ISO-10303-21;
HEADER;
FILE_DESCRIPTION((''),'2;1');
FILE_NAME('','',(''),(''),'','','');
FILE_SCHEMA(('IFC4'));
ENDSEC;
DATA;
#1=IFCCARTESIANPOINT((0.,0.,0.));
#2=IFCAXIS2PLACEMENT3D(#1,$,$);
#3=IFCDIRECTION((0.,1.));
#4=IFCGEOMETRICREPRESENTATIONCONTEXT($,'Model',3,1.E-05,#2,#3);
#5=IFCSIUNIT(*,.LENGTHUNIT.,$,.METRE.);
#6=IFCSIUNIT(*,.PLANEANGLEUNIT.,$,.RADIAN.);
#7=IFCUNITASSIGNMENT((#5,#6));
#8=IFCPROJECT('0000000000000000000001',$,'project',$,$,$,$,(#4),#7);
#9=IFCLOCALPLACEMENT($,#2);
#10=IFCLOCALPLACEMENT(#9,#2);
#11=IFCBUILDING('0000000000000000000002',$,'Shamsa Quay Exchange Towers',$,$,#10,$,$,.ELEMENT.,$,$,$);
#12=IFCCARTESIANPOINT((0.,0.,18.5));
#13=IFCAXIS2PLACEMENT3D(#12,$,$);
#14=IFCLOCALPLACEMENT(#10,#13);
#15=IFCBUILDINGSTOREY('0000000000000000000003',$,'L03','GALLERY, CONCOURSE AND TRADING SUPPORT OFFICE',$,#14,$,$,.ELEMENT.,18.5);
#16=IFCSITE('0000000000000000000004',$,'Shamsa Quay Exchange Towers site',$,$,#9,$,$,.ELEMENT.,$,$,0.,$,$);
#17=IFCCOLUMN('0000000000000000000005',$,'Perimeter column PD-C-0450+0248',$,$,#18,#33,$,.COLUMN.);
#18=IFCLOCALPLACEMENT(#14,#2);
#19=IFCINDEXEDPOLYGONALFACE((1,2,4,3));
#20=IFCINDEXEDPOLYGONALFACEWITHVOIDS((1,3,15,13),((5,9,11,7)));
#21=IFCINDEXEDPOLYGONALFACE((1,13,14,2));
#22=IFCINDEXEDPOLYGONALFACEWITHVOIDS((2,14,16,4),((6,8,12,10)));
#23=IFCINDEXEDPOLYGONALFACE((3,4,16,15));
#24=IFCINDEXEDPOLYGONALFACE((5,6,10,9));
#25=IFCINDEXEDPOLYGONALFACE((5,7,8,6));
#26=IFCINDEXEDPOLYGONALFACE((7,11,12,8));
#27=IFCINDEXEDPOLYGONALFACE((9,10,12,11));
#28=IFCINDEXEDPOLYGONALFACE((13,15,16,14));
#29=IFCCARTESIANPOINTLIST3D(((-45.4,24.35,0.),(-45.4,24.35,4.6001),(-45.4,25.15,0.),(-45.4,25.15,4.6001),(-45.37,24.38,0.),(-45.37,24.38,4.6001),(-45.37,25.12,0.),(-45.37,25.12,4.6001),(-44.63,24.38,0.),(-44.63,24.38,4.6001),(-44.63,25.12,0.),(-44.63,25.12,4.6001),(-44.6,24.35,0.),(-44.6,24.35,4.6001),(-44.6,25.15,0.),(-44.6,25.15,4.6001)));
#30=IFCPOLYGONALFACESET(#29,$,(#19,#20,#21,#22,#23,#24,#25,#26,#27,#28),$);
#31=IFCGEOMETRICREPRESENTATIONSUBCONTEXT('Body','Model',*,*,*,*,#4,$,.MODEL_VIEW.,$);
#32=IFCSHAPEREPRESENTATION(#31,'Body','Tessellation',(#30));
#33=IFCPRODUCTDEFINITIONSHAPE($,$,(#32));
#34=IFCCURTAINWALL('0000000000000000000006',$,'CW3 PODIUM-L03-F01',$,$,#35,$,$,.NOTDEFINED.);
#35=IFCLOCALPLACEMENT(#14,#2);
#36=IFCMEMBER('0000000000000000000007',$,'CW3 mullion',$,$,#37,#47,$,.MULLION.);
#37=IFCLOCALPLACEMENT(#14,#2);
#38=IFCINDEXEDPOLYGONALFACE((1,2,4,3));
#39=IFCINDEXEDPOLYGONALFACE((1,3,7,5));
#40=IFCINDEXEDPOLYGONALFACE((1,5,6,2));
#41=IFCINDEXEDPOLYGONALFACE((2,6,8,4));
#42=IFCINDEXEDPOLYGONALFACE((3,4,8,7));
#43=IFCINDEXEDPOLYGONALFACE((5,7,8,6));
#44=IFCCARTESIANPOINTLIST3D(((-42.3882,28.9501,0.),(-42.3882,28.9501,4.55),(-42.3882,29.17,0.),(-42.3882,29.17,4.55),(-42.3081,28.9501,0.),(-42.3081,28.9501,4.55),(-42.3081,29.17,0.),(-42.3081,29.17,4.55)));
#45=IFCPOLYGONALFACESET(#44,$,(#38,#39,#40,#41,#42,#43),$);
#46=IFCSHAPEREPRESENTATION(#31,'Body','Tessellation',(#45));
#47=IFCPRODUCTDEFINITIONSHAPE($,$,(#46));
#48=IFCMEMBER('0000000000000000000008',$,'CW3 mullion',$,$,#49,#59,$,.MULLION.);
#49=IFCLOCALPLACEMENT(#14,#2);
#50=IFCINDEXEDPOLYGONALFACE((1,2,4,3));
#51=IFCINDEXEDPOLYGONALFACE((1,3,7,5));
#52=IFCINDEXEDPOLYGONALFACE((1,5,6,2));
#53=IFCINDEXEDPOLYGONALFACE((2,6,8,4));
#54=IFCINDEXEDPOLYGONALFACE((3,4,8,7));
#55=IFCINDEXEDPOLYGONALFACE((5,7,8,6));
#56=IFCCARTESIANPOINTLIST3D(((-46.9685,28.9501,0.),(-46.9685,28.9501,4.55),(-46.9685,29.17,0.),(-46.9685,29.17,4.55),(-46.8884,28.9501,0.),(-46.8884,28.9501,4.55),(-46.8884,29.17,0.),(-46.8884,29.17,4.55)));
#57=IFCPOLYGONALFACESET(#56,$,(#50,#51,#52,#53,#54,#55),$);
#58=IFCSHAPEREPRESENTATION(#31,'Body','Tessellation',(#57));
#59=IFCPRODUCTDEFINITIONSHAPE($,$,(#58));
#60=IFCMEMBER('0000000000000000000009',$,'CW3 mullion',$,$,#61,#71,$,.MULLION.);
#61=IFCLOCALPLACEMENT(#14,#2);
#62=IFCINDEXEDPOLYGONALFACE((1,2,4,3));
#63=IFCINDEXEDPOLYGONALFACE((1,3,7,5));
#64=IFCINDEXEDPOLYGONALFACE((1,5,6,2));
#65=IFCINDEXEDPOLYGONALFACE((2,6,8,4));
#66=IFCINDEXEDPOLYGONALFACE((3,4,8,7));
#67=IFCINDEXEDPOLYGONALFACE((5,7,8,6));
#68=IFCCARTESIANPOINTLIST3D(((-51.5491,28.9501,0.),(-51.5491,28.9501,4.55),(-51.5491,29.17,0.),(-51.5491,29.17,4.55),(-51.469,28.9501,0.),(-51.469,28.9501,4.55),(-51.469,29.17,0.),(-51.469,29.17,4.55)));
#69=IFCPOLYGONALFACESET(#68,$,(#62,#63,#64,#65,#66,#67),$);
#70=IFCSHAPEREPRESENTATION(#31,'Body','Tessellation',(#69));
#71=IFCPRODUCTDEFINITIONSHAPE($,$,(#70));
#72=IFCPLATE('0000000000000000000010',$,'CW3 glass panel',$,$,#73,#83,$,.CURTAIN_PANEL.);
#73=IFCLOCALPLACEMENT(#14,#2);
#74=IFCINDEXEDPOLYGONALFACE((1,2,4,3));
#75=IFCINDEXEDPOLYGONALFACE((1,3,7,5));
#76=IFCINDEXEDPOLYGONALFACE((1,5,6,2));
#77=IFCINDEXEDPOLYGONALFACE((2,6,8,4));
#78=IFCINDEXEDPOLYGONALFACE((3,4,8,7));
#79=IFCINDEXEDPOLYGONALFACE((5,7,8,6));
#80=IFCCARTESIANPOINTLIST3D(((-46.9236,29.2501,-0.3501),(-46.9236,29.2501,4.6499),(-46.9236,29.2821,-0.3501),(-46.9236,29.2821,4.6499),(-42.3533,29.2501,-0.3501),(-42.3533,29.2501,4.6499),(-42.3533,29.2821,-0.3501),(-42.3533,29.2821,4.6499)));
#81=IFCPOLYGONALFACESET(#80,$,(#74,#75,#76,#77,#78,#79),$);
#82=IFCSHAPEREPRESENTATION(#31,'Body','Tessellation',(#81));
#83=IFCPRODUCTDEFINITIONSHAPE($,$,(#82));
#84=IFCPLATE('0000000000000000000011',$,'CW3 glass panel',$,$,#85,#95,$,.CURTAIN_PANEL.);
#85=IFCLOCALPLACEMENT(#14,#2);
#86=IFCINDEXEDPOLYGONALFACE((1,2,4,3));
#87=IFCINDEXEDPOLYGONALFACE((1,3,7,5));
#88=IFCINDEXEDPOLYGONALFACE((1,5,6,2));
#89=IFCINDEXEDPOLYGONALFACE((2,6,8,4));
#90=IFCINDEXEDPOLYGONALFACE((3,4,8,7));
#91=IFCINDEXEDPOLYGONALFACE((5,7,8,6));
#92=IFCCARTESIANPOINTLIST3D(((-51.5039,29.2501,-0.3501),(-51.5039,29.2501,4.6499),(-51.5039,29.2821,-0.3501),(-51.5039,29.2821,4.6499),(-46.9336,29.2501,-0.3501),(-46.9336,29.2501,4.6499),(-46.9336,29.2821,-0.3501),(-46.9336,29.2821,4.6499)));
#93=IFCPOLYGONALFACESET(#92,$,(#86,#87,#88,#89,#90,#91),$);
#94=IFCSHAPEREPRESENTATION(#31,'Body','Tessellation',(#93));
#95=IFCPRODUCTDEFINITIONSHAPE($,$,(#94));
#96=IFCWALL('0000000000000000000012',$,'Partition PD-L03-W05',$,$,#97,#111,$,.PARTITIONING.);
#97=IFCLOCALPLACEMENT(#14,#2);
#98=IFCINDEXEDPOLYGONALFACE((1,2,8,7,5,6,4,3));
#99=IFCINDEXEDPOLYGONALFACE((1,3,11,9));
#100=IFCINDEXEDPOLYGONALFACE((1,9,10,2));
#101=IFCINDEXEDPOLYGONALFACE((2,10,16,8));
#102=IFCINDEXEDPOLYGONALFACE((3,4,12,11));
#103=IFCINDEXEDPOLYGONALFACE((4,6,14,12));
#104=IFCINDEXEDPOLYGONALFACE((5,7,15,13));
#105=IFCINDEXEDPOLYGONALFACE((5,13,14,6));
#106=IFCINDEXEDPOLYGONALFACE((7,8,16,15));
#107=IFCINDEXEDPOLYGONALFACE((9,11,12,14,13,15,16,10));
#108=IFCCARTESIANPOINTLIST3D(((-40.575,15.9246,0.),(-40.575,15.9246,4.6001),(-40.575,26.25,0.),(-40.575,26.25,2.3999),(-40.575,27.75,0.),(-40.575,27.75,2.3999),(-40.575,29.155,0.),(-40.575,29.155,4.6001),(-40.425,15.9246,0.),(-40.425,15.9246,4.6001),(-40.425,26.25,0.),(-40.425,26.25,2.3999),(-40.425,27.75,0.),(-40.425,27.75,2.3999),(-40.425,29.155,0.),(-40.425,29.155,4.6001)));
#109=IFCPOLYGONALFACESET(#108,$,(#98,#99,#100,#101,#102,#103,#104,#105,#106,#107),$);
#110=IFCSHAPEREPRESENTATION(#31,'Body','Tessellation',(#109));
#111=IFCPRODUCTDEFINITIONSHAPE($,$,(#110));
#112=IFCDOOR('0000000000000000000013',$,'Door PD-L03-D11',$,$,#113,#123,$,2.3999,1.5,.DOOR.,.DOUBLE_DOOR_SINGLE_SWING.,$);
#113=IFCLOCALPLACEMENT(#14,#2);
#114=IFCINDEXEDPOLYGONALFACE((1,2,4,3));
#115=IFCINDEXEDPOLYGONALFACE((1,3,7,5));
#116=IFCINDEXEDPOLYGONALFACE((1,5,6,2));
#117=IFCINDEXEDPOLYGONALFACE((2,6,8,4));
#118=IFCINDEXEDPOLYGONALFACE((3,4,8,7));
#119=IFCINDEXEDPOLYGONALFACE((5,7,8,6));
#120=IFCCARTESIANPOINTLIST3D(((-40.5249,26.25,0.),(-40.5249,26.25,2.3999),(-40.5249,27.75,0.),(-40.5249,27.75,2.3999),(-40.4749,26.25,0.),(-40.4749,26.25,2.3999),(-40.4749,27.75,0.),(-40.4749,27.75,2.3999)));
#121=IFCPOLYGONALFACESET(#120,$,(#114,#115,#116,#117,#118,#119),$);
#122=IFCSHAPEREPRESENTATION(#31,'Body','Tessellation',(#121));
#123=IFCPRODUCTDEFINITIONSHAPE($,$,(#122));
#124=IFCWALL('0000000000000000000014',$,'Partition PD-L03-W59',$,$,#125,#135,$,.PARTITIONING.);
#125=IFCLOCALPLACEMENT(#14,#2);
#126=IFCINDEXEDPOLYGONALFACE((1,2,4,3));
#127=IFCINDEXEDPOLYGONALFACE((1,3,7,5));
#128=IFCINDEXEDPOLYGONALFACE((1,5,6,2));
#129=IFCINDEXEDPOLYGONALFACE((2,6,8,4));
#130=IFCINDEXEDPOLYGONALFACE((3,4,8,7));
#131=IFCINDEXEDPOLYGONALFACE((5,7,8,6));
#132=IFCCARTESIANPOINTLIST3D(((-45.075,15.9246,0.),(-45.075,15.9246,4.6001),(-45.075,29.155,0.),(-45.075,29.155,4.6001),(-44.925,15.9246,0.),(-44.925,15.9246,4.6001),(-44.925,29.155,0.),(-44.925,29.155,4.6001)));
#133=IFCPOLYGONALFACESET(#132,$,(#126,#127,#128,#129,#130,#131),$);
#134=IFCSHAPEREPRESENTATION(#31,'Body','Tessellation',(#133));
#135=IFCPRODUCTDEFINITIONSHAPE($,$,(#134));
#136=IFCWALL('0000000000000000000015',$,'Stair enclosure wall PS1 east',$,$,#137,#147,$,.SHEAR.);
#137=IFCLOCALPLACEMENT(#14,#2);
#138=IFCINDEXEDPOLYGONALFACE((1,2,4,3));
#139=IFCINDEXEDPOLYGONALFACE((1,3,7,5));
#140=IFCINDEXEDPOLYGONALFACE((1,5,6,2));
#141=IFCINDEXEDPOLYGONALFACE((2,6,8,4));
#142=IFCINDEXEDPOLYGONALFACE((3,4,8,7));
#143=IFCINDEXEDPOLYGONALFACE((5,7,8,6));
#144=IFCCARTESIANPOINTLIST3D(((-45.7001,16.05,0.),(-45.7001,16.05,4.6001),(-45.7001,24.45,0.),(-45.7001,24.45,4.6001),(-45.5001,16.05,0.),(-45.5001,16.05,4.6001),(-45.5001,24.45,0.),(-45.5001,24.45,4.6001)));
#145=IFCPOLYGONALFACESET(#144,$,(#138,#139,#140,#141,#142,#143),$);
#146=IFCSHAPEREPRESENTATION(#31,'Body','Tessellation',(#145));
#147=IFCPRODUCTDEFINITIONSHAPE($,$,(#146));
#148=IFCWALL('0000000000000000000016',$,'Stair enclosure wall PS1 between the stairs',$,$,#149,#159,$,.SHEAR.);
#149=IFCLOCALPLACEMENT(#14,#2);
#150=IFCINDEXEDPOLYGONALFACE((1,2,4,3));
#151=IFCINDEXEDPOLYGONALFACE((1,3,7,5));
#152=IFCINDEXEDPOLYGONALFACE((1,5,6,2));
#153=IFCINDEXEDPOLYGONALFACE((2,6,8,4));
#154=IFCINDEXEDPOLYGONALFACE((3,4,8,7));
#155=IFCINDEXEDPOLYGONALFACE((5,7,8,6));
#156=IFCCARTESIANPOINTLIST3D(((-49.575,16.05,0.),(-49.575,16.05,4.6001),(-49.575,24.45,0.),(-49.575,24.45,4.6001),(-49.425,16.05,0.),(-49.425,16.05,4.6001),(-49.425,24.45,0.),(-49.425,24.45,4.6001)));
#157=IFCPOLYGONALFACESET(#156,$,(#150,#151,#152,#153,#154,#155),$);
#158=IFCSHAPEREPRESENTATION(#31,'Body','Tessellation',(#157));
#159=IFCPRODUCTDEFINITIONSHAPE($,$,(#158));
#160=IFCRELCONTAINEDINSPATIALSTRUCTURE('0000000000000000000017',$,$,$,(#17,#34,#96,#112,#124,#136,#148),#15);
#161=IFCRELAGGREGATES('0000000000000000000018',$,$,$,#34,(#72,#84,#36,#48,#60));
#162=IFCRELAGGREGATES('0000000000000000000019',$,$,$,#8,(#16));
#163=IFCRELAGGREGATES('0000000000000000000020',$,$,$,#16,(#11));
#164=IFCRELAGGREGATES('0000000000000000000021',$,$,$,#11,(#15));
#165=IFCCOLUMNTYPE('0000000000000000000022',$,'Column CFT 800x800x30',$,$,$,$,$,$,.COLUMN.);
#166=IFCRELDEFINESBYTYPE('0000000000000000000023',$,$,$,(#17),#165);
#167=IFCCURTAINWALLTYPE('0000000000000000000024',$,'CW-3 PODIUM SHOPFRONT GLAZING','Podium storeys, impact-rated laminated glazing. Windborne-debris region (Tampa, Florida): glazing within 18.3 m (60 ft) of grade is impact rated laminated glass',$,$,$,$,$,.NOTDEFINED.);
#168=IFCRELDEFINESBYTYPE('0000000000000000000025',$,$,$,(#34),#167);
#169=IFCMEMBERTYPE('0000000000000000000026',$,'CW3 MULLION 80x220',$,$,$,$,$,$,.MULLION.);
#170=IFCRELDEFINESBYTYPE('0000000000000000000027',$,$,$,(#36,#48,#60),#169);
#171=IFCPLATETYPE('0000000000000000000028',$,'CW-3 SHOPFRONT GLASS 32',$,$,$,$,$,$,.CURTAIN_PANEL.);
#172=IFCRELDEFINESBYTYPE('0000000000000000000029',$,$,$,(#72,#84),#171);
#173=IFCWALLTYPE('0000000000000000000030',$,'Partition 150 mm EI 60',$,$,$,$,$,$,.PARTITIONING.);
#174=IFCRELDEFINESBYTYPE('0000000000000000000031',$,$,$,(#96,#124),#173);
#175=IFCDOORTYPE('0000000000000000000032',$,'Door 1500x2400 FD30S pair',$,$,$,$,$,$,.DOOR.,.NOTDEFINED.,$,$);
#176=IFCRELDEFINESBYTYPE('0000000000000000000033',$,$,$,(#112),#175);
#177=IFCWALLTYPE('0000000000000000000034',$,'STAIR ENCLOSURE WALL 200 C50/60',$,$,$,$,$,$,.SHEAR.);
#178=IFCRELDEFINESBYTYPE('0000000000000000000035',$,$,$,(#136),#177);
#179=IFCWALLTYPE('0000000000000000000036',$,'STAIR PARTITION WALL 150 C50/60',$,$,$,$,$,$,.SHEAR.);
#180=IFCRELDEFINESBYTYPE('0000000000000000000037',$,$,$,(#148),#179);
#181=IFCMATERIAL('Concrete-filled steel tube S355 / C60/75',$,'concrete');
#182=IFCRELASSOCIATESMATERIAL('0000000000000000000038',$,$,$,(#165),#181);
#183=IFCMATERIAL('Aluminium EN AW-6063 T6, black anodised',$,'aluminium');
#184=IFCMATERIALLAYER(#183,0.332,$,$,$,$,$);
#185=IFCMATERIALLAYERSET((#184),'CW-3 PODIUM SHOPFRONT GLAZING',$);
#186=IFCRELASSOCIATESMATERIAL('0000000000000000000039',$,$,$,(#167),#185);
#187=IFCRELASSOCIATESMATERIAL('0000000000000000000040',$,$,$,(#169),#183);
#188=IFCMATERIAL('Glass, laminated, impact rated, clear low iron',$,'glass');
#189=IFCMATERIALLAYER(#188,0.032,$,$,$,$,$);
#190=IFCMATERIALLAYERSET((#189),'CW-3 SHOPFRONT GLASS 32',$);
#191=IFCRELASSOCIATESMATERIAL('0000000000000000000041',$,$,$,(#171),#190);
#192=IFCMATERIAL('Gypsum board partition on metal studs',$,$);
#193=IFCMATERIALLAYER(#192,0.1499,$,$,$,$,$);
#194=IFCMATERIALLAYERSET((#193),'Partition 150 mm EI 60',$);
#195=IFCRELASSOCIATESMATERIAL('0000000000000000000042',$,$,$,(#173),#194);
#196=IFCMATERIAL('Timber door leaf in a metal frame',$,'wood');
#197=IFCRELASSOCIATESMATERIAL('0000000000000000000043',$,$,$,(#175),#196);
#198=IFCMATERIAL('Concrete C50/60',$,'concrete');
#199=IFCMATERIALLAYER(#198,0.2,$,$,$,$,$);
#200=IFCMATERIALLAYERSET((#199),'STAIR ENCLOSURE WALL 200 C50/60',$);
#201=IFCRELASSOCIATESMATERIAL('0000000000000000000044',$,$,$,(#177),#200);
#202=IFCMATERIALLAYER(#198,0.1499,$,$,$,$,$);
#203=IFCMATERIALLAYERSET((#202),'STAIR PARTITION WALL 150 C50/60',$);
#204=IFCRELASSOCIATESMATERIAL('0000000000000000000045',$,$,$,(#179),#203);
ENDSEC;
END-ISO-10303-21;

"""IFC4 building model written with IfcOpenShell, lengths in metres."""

from ifc_helpers import new_model, si_unit, direction, frame, frame_2d, origin, origin_2d, place, context, subcontext, project, spatial, rectangle, hollow_rectangle, extrude, material, layer, layer_set, material_profile, profile_set, type_object, element, fill, aggregate, save


model = new_model("IFC4")

# Units and contexts
model_context = context("Model", 3, precision=1e-05, world=origin(), true_north=direction((0.0, 1.0)))
body_context = subcontext(model_context, "Body", "Model", "MODEL_VIEW")
ifc_project = project(units=[si_unit("LENGTHUNIT", "METRE"), si_unit("PLANEANGLEUNIT", "RADIAN")], contexts=[model_context])

# Site, building, storey
site_placement = place(None, origin())
site = spatial("IfcSite", under=ifc_project, at=site_placement, Name="Shamsa Quay Exchange Towers site", CompositionType="ELEMENT", RefElevation=0.0)
building_placement = place(site_placement, origin())
building = spatial("IfcBuilding", under=site, at=building_placement, Name="Shamsa Quay Exchange Towers", CompositionType="ELEMENT")
storey_placement = place(building_placement, frame((0.0, 0.0, 18.5)))
storey = spatial("IfcBuildingStorey", under=building, at=storey_placement, Name="L03", Description="GALLERY, CONCOURSE AND TRADING SUPPORT OFFICE", CompositionType="ELEMENT", Elevation=18.5)

# Column
ifc_material_1 = material(Name="Concrete-filled steel tube S355 / C60/75", Category="concrete")
ifc_material_profile_1 = material_profile(ifc_material_1, hollow_rectangle(XDim=0.8, YDim=0.8, WallThickness=0.03, at=origin_2d()), Name="CFT 800x800x30")
ifc_profile_set_1 = profile_set([ifc_material_profile_1], Name="Concrete-filled steel tube S355 / C60/75")
column_type = type_object("IfcColumnType", Name="Column CFT 800x800x30", PredefinedType="COLUMN", material=ifc_profile_set_1)
column_placement = place(storey_placement, frame((-45.0, 24.75, 0.0)))
element("IfcColumn", 1, at=column_placement, inside=storey, type_object=column_type, Name="Perimeter column PD-C-0450+0248", PredefinedType="COLUMN", context=body_context, shape_type="SweptSolid", body=[
    extrude(hollow_rectangle(XDim=0.8, YDim=0.8, WallThickness=0.03, at=origin_2d()), origin(), (0.0, 0.0, 1.0), 4.6001),
])

# Curtain wall, members, plates
ifc_material_2 = material(Name="Aluminium EN AW-6063 T6, black anodised", Category="aluminium")
ifc_layer_1 = layer(ifc_material_2, 0.332)
ifc_layer_set_1 = layer_set([ifc_layer_1], Name="CW-3 PODIUM SHOPFRONT GLAZING")
curtain_wall_type = type_object("IfcCurtainWallType", Name="CW-3 PODIUM SHOPFRONT GLAZING", Description="Podium storeys, impact-rated laminated glazing. Windborne-debris region (Tampa, Florida): glazing within 18.3 m (60 ft) of grade is impact rated laminated glass", PredefinedType="NOTDEFINED", material=ifc_layer_set_1)
curtain_wall_placement = place(storey_placement, origin())
curtain_wall = element("IfcCurtainWall", 2, at=curtain_wall_placement, inside=storey, type_object=curtain_wall_type, Name="CW3 PODIUM-L03-F01", PredefinedType="NOTDEFINED")
ifc_material_profile_2 = material_profile(ifc_material_2, rectangle(XDim=0.22, YDim=0.0801, at=origin_2d()), Name="MU80x220")
ifc_profile_set_2 = profile_set([ifc_material_profile_2], Name="Aluminium EN AW-6063 T6, black anodised")
member_type = type_object("IfcMemberType", Name="CW3 MULLION 80x220", PredefinedType="MULLION", material=ifc_profile_set_2)
member_1_placement = place(storey_placement, frame((-42.3481, 29.0601, 0.0), z_axis=(0.0, 0.0, 1.0), x_axis=(0.0, -1.0, 0.0)))
member_1 = element("IfcMember", 3, at=member_1_placement, type_object=member_type, Name="CW3 mullion", PredefinedType="MULLION", context=body_context, shape_type="SweptSolid", body=[
    extrude(rectangle(XDim=0.22, YDim=0.0801, at=origin_2d()), origin(), (0.0, 0.0, 1.0), 4.55),
])
member_2_placement = place(storey_placement, frame((-46.9285, 29.0601, 0.0), z_axis=(0.0, 0.0, 1.0), x_axis=(0.0, -1.0, 0.0)))
member_2 = element("IfcMember", 4, at=member_2_placement, type_object=member_type, Name="CW3 mullion", PredefinedType="MULLION", context=body_context, shape_type="SweptSolid", body=[
    extrude(rectangle(XDim=0.22, YDim=0.0801, at=origin_2d()), origin(), (0.0, 0.0, 1.0), 4.55),
])
member_3_placement = place(storey_placement, frame((-51.509, 29.0601, 0.0), z_axis=(0.0, 0.0, 1.0), x_axis=(0.0, -1.0, 0.0)))
member_3 = element("IfcMember", 5, at=member_3_placement, type_object=member_type, Name="CW3 mullion", PredefinedType="MULLION", context=body_context, shape_type="SweptSolid", body=[
    extrude(rectangle(XDim=0.22, YDim=0.0801, at=origin_2d()), origin(), (0.0, 0.0, 1.0), 4.55),
])
ifc_material_3 = material(Name="Glass, laminated, impact rated, clear low iron", Category="glass")
ifc_layer_2 = layer(ifc_material_3, 0.032)
ifc_layer_set_2 = layer_set([ifc_layer_2], Name="CW-3 SHOPFRONT GLASS 32")
plate_type = type_object("IfcPlateType", Name="CW-3 SHOPFRONT GLASS 32", PredefinedType="CURTAIN_PANEL", material=ifc_layer_set_2)
plate_1_placement = place(storey_placement, frame((-44.6384, 29.2661, -0.3501), z_axis=(0.0, 0.0, 1.0), x_axis=(-1.0, 0.0, 0.0)))
plate_1 = element("IfcPlate", 6, at=plate_1_placement, type_object=plate_type, Name="CW3 glass panel", PredefinedType="CURTAIN_PANEL", context=body_context, shape_type="SweptSolid", body=[
    extrude(rectangle(XDim=4.5703, YDim=0.032, at=origin_2d()), origin(), (0.0, 0.0, 1.0), 5.0),
])
plate_2_placement = place(storey_placement, frame((-49.2188, 29.2661, -0.3501), z_axis=(0.0, 0.0, 1.0), x_axis=(-1.0, 0.0, 0.0)))
plate_2 = element("IfcPlate", 7, at=plate_2_placement, type_object=plate_type, Name="CW3 glass panel", PredefinedType="CURTAIN_PANEL", context=body_context, shape_type="SweptSolid", body=[
    extrude(rectangle(XDim=4.5703, YDim=0.032, at=origin_2d()), origin(), (0.0, 0.0, 1.0), 5.0),
])
aggregate(curtain_wall, [plate_1, plate_2, member_1, member_2, member_3])

# Wall, opening, door
ifc_material_4 = material(Name="Gypsum board partition on metal studs")
ifc_layer_3 = layer(ifc_material_4, 0.1499)
ifc_layer_set_3 = layer_set([ifc_layer_3], Name="Partition 150 mm EI 60")
wall_type_1 = type_object("IfcWallType", Name="Partition 150 mm EI 60", PredefinedType="PARTITIONING", material=ifc_layer_set_3)
wall_1_placement = place(storey_placement, frame((-40.5, 15.9246, 0.0), z_axis=(0.0, 0.0, 1.0), x_axis=(0.0, 1.0, 0.0)))
wall_1 = element("IfcWall", 8, at=wall_1_placement, inside=storey, type_object=wall_type_1, Name="Partition PD-L03-W05", PredefinedType="PARTITIONING", context=body_context, shape_type="SweptSolid", body=[
    extrude(rectangle(XDim=13.2305, YDim=0.1499, at=frame_2d((6.6152, 0.0))), origin(), (0.0, 0.0, 1.0), 4.6001),
])
opening_placement = place(wall_1_placement, frame((10.3254, 0.0, 0.0)))
opening = element("IfcOpeningElement", 9, at=opening_placement, cuts=wall_1, PredefinedType="OPENING", context=body_context, shape_type="SweptSolid", body=[
    extrude(rectangle(XDim=1.5, YDim=2.3999, at=frame_2d((0.75, 1.2))), frame((0.0, 0.085, 0.0), z_axis=(0.0, -1.0, 0.0), x_axis=(1.0, 0.0, 0.0)), (0.0, 0.0, 1.0), 0.1699),
])
ifc_material_5 = material(Name="Timber door leaf in a metal frame", Category="wood")
door_type = type_object("IfcDoorType", Name="Door 1500x2400 FD30S pair", OperationType="NOTDEFINED", PredefinedType="DOOR", material=ifc_material_5)
door_placement = place(opening_placement, origin())
door = element("IfcDoor", 10, at=door_placement, inside=storey, type_object=door_type, Name="Door PD-L03-D11", OperationType="DOUBLE_DOOR_SINGLE_SWING", OverallHeight=2.3999, OverallWidth=1.5, PredefinedType="DOOR", context=body_context, shape_type="SweptSolid", body=[
    extrude(rectangle(XDim=1.5, YDim=2.3999, at=frame_2d((0.75, 1.2))), frame((0.0, 0.0249, 0.0), z_axis=(0.0, -1.0, 0.0), x_axis=(1.0, 0.0, 0.0)), (0.0, 0.0, 1.0), 0.05),
])
fill(opening, door)

# Walls
wall_2_placement = place(storey_placement, frame((-45.0, 15.9246, 0.0), z_axis=(0.0, 0.0, 1.0), x_axis=(0.0, 1.0, 0.0)))
element("IfcWall", 11, at=wall_2_placement, inside=storey, type_object=wall_type_1, Name="Partition PD-L03-W59", PredefinedType="PARTITIONING", context=body_context, shape_type="SweptSolid", body=[
    extrude(rectangle(XDim=13.2305, YDim=0.1499, at=frame_2d((6.6152, 0.0))), origin(), (0.0, 0.0, 1.0), 4.6001),
])
ifc_material_6 = material(Name="Concrete C50/60", Category="concrete")
ifc_layer_4 = layer(ifc_material_6, 0.2)
ifc_layer_set_4 = layer_set([ifc_layer_4], Name="STAIR ENCLOSURE WALL 200 C50/60")
wall_type_2 = type_object("IfcWallType", Name="STAIR ENCLOSURE WALL 200 C50/60", PredefinedType="SHEAR", material=ifc_layer_set_4)
wall_3_placement = place(storey_placement, frame((-45.6001, 16.05, 0.0), z_axis=(0.0, 0.0, 1.0), x_axis=(0.0, 1.0, 0.0)))
element("IfcWall", 12, at=wall_3_placement, inside=storey, type_object=wall_type_2, Name="Stair enclosure wall PS1 east", PredefinedType="SHEAR", context=body_context, shape_type="SweptSolid", body=[
    extrude(rectangle(XDim=8.3999, YDim=0.2, at=frame_2d((4.2, 0.0))), origin(), (0.0, 0.0, 1.0), 4.6001),
])
ifc_layer_5 = layer(ifc_material_6, 0.1499)
ifc_layer_set_5 = layer_set([ifc_layer_5], Name="STAIR PARTITION WALL 150 C50/60")
wall_type_3 = type_object("IfcWallType", Name="STAIR PARTITION WALL 150 C50/60", PredefinedType="SHEAR", material=ifc_layer_set_5)
wall_4_placement = place(storey_placement, frame((-49.5, 16.05, 0.0), z_axis=(0.0, 0.0, 1.0), x_axis=(0.0, 1.0, 0.0)))
element("IfcWall", 13, at=wall_4_placement, inside=storey, type_object=wall_type_3, Name="Stair enclosure wall PS1 between the stairs", PredefinedType="SHEAR", context=body_context, shape_type="SweptSolid", body=[
    extrude(rectangle(XDim=8.3999, YDim=0.1499, at=frame_2d((4.2, 0.0))), origin(), (0.0, 0.0, 1.0), 4.6001),
])

save(model, "model.ifc")
